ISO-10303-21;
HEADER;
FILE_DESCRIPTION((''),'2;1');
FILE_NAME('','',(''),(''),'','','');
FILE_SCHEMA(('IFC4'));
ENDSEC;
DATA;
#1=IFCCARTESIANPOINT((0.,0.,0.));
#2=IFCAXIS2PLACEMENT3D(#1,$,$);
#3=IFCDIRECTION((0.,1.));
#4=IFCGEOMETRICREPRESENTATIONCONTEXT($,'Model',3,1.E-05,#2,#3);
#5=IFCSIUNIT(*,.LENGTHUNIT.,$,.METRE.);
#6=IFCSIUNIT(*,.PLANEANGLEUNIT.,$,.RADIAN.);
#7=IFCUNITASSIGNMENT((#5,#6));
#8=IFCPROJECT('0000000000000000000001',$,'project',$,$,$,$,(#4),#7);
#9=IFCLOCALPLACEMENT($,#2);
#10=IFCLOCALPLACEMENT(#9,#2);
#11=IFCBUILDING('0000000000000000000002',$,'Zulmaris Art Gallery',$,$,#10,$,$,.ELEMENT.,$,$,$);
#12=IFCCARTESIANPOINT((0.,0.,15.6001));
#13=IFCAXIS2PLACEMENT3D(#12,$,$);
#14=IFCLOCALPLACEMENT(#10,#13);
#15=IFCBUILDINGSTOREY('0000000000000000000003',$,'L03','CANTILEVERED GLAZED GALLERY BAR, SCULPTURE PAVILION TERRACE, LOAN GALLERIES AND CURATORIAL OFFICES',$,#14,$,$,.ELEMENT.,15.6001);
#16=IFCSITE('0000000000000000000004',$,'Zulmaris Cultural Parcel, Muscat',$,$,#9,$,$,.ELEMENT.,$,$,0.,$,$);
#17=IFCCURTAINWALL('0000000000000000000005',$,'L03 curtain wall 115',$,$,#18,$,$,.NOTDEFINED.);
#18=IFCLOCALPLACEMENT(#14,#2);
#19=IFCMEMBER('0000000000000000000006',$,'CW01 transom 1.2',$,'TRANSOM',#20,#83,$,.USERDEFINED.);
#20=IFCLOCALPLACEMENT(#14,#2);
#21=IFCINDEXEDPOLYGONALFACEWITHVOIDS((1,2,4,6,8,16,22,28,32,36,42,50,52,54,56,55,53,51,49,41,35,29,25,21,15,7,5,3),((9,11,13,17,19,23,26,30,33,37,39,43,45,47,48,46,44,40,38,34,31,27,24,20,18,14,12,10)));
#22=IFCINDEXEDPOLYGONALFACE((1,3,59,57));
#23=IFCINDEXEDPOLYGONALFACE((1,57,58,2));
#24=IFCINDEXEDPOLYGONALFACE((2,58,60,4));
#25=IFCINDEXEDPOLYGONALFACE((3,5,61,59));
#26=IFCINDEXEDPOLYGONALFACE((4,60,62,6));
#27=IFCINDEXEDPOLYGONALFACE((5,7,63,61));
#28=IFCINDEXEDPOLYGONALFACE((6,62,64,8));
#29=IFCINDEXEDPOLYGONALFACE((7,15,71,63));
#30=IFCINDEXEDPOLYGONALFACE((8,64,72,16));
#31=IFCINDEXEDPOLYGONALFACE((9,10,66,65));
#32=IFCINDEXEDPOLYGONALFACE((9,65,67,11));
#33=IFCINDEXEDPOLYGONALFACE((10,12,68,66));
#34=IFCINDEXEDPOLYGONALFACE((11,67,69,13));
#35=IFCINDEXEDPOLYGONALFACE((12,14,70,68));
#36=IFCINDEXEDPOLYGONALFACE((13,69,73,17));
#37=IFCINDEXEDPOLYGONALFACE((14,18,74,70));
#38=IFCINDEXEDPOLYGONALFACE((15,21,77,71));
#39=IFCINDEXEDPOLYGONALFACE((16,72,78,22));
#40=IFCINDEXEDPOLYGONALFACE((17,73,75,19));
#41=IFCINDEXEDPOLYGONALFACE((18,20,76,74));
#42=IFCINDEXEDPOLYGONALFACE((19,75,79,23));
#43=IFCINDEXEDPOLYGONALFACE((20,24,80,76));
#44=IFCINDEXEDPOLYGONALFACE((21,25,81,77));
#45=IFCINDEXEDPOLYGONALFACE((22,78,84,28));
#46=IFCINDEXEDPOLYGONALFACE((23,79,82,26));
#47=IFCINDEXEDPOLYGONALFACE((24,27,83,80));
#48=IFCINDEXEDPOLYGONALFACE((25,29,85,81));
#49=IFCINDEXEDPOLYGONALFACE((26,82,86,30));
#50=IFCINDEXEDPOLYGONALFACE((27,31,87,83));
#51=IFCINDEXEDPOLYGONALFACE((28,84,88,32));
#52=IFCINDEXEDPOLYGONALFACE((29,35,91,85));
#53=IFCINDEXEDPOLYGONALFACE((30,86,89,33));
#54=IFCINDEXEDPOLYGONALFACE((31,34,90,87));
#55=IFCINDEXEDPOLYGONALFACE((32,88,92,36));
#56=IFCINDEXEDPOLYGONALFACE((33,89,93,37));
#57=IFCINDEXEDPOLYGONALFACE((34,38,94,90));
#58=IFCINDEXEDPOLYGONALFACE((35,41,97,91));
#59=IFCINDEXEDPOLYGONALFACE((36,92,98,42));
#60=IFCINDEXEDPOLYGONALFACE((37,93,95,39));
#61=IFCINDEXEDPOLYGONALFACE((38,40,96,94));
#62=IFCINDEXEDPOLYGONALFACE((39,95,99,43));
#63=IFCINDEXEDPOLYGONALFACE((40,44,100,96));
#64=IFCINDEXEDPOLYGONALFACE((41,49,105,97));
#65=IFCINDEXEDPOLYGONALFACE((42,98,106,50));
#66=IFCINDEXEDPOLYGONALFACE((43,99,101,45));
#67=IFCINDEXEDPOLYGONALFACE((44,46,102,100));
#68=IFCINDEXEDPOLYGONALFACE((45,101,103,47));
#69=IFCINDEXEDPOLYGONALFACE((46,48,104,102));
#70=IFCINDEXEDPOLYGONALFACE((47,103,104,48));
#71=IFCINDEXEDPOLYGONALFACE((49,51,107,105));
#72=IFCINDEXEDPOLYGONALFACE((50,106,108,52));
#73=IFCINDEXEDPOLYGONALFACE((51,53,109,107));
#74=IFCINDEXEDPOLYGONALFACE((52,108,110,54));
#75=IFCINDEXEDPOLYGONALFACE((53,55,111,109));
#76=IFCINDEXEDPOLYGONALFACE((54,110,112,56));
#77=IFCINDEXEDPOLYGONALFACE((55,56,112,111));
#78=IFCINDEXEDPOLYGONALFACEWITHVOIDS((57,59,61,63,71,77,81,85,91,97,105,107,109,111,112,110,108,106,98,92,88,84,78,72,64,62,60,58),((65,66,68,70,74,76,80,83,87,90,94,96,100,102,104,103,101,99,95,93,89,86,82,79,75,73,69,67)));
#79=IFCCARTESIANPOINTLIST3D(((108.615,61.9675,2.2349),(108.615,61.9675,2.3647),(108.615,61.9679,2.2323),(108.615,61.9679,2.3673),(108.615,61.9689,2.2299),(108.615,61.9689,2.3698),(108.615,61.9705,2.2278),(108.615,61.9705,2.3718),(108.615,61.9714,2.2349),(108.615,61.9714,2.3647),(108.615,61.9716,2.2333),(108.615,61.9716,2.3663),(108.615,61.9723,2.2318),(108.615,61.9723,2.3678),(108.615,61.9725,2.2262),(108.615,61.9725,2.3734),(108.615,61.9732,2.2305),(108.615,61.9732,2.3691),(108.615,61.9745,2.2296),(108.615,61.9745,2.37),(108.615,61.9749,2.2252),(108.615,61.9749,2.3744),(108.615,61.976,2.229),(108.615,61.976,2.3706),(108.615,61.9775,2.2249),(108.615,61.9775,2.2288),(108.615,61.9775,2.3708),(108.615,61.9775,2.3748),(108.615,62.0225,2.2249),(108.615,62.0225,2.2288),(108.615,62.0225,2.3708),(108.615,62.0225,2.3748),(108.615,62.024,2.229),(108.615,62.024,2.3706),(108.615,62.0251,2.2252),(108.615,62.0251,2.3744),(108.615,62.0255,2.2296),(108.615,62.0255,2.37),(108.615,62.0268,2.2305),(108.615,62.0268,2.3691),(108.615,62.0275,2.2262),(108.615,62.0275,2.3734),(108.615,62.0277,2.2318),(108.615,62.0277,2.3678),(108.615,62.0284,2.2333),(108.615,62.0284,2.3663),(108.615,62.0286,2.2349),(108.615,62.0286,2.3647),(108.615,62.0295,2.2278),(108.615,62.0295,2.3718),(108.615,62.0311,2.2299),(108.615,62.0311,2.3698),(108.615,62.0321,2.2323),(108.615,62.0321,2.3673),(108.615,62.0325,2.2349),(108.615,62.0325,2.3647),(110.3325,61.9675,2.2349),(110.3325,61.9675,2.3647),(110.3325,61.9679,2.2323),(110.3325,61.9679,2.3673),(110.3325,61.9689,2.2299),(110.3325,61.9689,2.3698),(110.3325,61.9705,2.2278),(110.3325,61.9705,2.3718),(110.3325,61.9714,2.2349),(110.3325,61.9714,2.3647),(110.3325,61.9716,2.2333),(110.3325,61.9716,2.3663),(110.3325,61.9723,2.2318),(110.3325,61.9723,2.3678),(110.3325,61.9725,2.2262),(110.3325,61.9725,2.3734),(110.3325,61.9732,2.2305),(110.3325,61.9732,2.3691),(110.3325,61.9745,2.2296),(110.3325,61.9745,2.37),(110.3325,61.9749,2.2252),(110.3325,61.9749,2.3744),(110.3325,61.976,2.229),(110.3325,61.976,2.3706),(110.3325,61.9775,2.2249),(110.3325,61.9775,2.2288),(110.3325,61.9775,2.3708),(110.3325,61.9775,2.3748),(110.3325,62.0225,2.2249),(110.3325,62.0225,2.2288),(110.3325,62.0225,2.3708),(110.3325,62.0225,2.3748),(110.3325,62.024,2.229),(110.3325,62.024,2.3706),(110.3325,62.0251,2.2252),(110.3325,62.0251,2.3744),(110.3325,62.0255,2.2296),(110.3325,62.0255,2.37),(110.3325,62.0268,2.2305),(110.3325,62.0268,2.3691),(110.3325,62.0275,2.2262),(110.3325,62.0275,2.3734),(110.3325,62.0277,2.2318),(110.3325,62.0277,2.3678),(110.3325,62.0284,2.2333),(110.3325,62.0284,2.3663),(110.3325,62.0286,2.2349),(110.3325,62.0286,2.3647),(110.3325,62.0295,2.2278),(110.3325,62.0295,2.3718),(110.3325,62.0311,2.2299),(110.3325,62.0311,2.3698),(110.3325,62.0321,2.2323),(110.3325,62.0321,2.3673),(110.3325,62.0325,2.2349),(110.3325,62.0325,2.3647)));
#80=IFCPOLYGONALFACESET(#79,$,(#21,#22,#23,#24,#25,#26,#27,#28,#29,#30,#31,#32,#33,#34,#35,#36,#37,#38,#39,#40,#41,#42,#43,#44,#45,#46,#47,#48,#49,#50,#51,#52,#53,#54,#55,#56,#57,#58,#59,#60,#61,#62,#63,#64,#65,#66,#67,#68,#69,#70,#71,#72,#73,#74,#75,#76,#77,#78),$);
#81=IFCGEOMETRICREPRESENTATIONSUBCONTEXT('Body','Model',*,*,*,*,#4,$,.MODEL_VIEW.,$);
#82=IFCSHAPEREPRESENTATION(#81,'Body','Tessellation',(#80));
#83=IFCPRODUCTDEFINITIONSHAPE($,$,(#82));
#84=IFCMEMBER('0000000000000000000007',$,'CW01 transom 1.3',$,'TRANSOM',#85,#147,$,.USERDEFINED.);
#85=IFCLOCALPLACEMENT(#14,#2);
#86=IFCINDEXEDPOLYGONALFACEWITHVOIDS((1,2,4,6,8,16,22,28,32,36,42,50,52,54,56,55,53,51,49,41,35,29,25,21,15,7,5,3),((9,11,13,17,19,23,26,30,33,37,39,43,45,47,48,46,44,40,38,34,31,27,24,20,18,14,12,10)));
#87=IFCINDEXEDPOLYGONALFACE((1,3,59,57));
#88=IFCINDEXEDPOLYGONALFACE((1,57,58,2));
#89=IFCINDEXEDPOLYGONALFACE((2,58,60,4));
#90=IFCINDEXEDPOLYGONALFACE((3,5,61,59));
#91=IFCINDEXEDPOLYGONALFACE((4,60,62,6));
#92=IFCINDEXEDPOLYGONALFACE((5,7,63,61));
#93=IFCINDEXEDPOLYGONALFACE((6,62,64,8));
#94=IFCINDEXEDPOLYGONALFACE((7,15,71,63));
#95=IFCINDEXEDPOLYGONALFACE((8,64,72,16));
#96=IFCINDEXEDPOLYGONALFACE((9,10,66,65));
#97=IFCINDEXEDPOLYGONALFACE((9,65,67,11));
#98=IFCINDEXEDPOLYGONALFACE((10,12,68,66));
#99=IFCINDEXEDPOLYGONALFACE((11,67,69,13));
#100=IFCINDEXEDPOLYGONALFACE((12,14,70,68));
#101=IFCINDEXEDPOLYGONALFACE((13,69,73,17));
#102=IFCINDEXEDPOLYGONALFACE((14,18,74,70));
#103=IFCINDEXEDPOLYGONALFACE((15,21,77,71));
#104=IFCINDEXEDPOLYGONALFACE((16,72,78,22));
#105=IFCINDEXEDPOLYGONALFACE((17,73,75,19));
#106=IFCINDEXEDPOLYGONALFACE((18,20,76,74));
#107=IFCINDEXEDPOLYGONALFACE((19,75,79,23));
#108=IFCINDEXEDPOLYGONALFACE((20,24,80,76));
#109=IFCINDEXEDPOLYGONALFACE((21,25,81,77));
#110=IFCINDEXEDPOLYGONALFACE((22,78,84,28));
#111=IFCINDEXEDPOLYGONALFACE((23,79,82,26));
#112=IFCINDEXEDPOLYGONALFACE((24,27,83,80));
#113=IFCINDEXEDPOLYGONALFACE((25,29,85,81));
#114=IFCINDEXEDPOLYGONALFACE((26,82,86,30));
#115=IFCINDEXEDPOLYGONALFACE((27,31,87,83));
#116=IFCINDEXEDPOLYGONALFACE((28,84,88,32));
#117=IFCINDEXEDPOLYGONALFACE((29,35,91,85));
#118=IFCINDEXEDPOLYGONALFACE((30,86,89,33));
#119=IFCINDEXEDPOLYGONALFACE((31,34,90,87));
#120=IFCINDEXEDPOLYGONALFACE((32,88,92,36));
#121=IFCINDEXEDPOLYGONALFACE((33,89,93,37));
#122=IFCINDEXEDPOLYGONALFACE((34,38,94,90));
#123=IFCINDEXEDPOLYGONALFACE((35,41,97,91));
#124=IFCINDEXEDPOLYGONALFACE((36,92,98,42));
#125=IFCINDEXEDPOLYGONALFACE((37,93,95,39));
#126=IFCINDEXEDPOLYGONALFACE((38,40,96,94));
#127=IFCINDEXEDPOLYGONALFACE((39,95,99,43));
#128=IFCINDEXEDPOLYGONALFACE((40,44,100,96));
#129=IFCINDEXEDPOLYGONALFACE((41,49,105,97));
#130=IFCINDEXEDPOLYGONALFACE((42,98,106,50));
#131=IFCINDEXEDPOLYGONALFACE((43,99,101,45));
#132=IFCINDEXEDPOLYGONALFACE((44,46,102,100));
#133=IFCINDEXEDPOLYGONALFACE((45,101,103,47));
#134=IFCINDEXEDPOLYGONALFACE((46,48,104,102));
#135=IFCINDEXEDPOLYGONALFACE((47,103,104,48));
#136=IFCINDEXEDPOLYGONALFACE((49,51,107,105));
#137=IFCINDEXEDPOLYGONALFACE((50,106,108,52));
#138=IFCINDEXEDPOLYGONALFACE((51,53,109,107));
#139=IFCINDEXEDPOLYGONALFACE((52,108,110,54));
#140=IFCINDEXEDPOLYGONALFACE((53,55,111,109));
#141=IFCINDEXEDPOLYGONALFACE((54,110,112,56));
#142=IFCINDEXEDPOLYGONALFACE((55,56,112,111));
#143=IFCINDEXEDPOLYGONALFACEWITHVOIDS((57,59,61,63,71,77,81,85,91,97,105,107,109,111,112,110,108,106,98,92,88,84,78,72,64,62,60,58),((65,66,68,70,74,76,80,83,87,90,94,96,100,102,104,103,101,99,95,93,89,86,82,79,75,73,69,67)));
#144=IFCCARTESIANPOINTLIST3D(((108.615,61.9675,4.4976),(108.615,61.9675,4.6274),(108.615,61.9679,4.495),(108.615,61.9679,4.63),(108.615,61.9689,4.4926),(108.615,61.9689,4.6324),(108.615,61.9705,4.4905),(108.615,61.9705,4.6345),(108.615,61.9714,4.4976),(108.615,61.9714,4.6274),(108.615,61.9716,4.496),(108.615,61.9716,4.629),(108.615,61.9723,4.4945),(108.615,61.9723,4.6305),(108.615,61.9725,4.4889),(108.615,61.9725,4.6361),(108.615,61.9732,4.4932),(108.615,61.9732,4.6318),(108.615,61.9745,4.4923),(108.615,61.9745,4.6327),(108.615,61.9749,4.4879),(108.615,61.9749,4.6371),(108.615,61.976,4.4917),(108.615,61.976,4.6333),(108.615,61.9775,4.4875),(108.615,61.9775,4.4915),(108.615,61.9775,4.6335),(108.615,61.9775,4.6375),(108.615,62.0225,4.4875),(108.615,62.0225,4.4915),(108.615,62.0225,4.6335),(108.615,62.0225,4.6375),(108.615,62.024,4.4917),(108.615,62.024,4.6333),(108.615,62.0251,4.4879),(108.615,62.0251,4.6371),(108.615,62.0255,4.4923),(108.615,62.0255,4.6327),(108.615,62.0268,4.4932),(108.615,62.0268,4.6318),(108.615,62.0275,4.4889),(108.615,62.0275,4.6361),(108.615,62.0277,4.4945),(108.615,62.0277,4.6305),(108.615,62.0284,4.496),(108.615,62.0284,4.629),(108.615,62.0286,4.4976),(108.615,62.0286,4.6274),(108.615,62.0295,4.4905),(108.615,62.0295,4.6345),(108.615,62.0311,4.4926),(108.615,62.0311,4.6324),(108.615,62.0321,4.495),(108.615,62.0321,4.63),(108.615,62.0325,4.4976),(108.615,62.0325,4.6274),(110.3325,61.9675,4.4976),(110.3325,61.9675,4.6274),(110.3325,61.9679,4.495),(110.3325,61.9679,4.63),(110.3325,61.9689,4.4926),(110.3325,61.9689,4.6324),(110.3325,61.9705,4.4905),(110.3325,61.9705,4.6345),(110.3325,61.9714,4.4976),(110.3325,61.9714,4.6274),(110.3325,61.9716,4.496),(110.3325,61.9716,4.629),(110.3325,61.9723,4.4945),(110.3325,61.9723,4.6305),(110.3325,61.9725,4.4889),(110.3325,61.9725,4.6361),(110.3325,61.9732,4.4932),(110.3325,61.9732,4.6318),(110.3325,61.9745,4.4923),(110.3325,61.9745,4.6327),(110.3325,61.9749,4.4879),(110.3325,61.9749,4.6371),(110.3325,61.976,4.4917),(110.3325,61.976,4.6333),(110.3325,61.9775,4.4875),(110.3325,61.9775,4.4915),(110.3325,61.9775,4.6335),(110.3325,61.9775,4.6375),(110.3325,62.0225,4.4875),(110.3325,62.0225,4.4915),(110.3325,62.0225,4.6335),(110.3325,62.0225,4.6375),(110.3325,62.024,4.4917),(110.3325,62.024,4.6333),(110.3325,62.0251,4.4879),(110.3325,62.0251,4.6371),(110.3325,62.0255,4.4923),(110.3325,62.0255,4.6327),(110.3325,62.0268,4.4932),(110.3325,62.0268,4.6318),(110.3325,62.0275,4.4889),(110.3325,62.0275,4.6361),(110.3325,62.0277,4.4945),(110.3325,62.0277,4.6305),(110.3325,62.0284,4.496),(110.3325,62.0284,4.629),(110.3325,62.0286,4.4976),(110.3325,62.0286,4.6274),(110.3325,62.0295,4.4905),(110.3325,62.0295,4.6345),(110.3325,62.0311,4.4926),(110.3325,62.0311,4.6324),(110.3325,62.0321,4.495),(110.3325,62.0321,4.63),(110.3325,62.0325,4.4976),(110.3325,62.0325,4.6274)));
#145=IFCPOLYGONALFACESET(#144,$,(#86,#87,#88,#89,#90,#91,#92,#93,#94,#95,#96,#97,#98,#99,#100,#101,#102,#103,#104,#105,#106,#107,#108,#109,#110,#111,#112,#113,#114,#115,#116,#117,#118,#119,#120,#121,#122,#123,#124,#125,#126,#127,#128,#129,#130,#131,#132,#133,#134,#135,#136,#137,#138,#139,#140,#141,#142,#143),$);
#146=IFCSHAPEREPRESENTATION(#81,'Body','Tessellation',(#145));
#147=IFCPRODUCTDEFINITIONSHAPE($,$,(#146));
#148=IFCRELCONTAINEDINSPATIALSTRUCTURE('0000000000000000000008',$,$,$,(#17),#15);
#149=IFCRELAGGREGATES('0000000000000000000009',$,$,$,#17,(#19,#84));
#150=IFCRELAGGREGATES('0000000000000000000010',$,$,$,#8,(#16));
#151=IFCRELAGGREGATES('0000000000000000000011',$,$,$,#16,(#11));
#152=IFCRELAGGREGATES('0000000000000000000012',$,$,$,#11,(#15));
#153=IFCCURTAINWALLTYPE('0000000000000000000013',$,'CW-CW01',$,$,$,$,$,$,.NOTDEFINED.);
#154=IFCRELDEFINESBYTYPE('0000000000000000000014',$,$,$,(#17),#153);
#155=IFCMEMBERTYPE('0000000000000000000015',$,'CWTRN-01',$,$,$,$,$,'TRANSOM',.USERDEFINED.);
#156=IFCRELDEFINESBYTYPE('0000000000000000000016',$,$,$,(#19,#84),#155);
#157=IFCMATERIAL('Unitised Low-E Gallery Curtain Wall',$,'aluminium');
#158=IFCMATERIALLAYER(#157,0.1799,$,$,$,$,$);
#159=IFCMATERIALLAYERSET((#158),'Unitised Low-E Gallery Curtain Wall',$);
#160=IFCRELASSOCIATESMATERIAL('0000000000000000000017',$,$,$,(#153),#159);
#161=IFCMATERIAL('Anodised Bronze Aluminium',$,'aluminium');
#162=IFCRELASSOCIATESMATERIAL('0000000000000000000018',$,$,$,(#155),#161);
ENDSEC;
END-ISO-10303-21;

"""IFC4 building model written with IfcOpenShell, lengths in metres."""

from ifc_helpers import new_model, si_unit, direction, frame, origin, origin_2d, place, context, subcontext, project, spatial, hollow_rectangle, extrude, material, layer, layer_set, material_profile, profile_set, type_object, element, aggregate, save


model = new_model("IFC4")

# Units and contexts
model_context = context("Model", 3, precision=1e-05, world=origin(), true_north=direction((0.0, 1.0)))
body_context = subcontext(model_context, "Body", "Model", "MODEL_VIEW")
ifc_project = project(units=[si_unit("LENGTHUNIT", "METRE"), si_unit("PLANEANGLEUNIT", "RADIAN")], contexts=[model_context])

# Site, building, storey
site_placement = place(None, origin())
site = spatial("IfcSite", under=ifc_project, at=site_placement, Name="Zulmaris Cultural Parcel, Muscat", CompositionType="ELEMENT", RefElevation=0.0)
building_placement = place(site_placement, origin())
building = spatial("IfcBuilding", under=site, at=building_placement, Name="Zulmaris Art Gallery", CompositionType="ELEMENT")
storey_placement = place(building_placement, frame((0.0, 0.0, 15.6001)))
storey = spatial("IfcBuildingStorey", under=building, at=storey_placement, Name="L03", Description="CANTILEVERED GLAZED GALLERY BAR, SCULPTURE PAVILION TERRACE, LOAN GALLERIES AND CURATORIAL OFFICES", CompositionType="ELEMENT", Elevation=15.6001)

# Curtain wall, members
ifc_material_1 = material(Name="Unitised Low-E Gallery Curtain Wall", Category="aluminium")
ifc_layer_1 = layer(ifc_material_1, 0.1799)
ifc_layer_set_1 = layer_set([ifc_layer_1], Name="Unitised Low-E Gallery Curtain Wall")
curtain_wall_type = type_object("IfcCurtainWallType", Name="CW-CW01", PredefinedType="NOTDEFINED", material=ifc_layer_set_1)
curtain_wall_placement = place(storey_placement, origin())
curtain_wall = element("IfcCurtainWall", 1, at=curtain_wall_placement, inside=storey, type_object=curtain_wall_type, Name="L03 curtain wall 115", PredefinedType="NOTDEFINED")
ifc_material_2 = material(Name="Anodised Bronze Aluminium", Category="aluminium")
ifc_material_profile_1 = material_profile(ifc_material_2, hollow_rectangle(XDim=0.0649, YDim=0.1499, WallThickness=0.0039, InnerFilletRadius=0.0061, OuterFilletRadius=0.01, at=origin_2d()), Name="ALU 65x150x4")
ifc_profile_set_1 = profile_set([ifc_material_profile_1], Name="Anodised Bronze Aluminium")
member_type_1 = type_object("IfcMemberType", Name="CWTRN-01", ElementType="TRANSOM", PredefinedType="USERDEFINED", material=ifc_profile_set_1)
member_1_placement = place(storey_placement, frame((108.615, 62.0, 2.2998), z_axis=(1.0, 0.0, 0.0), x_axis=(0.0, 1.0, 0.0)))
member_1 = element("IfcMember", 2, at=member_1_placement, type_object=member_type_1, Name="CW01 transom 1.2", ObjectType="TRANSOM", PredefinedType="USERDEFINED", context=body_context, shape_type="SweptSolid", body=[
    extrude(hollow_rectangle(XDim=0.0649, YDim=0.1499, WallThickness=0.0039, InnerFilletRadius=0.0061, OuterFilletRadius=0.01, at=origin_2d()), origin(), (0.0, 0.0, 1.0), 1.7175),
])
member_2_placement = place(storey_placement, frame((108.615, 62.0, 4.5625), z_axis=(1.0, 0.0, 0.0), x_axis=(0.0, 1.0, 0.0)))
member_2 = element("IfcMember", 3, at=member_2_placement, type_object=member_type_1, Name="CW01 transom 1.3", ObjectType="TRANSOM", PredefinedType="USERDEFINED", context=body_context, shape_type="SweptSolid", body=[
    extrude(hollow_rectangle(XDim=0.0649, YDim=0.1499, WallThickness=0.0039, InnerFilletRadius=0.0061, OuterFilletRadius=0.01, at=origin_2d()), origin(), (0.0, 0.0, 1.0), 1.7175),
])
aggregate(curtain_wall, [member_1, member_2])

save(model, "model.ifc")
